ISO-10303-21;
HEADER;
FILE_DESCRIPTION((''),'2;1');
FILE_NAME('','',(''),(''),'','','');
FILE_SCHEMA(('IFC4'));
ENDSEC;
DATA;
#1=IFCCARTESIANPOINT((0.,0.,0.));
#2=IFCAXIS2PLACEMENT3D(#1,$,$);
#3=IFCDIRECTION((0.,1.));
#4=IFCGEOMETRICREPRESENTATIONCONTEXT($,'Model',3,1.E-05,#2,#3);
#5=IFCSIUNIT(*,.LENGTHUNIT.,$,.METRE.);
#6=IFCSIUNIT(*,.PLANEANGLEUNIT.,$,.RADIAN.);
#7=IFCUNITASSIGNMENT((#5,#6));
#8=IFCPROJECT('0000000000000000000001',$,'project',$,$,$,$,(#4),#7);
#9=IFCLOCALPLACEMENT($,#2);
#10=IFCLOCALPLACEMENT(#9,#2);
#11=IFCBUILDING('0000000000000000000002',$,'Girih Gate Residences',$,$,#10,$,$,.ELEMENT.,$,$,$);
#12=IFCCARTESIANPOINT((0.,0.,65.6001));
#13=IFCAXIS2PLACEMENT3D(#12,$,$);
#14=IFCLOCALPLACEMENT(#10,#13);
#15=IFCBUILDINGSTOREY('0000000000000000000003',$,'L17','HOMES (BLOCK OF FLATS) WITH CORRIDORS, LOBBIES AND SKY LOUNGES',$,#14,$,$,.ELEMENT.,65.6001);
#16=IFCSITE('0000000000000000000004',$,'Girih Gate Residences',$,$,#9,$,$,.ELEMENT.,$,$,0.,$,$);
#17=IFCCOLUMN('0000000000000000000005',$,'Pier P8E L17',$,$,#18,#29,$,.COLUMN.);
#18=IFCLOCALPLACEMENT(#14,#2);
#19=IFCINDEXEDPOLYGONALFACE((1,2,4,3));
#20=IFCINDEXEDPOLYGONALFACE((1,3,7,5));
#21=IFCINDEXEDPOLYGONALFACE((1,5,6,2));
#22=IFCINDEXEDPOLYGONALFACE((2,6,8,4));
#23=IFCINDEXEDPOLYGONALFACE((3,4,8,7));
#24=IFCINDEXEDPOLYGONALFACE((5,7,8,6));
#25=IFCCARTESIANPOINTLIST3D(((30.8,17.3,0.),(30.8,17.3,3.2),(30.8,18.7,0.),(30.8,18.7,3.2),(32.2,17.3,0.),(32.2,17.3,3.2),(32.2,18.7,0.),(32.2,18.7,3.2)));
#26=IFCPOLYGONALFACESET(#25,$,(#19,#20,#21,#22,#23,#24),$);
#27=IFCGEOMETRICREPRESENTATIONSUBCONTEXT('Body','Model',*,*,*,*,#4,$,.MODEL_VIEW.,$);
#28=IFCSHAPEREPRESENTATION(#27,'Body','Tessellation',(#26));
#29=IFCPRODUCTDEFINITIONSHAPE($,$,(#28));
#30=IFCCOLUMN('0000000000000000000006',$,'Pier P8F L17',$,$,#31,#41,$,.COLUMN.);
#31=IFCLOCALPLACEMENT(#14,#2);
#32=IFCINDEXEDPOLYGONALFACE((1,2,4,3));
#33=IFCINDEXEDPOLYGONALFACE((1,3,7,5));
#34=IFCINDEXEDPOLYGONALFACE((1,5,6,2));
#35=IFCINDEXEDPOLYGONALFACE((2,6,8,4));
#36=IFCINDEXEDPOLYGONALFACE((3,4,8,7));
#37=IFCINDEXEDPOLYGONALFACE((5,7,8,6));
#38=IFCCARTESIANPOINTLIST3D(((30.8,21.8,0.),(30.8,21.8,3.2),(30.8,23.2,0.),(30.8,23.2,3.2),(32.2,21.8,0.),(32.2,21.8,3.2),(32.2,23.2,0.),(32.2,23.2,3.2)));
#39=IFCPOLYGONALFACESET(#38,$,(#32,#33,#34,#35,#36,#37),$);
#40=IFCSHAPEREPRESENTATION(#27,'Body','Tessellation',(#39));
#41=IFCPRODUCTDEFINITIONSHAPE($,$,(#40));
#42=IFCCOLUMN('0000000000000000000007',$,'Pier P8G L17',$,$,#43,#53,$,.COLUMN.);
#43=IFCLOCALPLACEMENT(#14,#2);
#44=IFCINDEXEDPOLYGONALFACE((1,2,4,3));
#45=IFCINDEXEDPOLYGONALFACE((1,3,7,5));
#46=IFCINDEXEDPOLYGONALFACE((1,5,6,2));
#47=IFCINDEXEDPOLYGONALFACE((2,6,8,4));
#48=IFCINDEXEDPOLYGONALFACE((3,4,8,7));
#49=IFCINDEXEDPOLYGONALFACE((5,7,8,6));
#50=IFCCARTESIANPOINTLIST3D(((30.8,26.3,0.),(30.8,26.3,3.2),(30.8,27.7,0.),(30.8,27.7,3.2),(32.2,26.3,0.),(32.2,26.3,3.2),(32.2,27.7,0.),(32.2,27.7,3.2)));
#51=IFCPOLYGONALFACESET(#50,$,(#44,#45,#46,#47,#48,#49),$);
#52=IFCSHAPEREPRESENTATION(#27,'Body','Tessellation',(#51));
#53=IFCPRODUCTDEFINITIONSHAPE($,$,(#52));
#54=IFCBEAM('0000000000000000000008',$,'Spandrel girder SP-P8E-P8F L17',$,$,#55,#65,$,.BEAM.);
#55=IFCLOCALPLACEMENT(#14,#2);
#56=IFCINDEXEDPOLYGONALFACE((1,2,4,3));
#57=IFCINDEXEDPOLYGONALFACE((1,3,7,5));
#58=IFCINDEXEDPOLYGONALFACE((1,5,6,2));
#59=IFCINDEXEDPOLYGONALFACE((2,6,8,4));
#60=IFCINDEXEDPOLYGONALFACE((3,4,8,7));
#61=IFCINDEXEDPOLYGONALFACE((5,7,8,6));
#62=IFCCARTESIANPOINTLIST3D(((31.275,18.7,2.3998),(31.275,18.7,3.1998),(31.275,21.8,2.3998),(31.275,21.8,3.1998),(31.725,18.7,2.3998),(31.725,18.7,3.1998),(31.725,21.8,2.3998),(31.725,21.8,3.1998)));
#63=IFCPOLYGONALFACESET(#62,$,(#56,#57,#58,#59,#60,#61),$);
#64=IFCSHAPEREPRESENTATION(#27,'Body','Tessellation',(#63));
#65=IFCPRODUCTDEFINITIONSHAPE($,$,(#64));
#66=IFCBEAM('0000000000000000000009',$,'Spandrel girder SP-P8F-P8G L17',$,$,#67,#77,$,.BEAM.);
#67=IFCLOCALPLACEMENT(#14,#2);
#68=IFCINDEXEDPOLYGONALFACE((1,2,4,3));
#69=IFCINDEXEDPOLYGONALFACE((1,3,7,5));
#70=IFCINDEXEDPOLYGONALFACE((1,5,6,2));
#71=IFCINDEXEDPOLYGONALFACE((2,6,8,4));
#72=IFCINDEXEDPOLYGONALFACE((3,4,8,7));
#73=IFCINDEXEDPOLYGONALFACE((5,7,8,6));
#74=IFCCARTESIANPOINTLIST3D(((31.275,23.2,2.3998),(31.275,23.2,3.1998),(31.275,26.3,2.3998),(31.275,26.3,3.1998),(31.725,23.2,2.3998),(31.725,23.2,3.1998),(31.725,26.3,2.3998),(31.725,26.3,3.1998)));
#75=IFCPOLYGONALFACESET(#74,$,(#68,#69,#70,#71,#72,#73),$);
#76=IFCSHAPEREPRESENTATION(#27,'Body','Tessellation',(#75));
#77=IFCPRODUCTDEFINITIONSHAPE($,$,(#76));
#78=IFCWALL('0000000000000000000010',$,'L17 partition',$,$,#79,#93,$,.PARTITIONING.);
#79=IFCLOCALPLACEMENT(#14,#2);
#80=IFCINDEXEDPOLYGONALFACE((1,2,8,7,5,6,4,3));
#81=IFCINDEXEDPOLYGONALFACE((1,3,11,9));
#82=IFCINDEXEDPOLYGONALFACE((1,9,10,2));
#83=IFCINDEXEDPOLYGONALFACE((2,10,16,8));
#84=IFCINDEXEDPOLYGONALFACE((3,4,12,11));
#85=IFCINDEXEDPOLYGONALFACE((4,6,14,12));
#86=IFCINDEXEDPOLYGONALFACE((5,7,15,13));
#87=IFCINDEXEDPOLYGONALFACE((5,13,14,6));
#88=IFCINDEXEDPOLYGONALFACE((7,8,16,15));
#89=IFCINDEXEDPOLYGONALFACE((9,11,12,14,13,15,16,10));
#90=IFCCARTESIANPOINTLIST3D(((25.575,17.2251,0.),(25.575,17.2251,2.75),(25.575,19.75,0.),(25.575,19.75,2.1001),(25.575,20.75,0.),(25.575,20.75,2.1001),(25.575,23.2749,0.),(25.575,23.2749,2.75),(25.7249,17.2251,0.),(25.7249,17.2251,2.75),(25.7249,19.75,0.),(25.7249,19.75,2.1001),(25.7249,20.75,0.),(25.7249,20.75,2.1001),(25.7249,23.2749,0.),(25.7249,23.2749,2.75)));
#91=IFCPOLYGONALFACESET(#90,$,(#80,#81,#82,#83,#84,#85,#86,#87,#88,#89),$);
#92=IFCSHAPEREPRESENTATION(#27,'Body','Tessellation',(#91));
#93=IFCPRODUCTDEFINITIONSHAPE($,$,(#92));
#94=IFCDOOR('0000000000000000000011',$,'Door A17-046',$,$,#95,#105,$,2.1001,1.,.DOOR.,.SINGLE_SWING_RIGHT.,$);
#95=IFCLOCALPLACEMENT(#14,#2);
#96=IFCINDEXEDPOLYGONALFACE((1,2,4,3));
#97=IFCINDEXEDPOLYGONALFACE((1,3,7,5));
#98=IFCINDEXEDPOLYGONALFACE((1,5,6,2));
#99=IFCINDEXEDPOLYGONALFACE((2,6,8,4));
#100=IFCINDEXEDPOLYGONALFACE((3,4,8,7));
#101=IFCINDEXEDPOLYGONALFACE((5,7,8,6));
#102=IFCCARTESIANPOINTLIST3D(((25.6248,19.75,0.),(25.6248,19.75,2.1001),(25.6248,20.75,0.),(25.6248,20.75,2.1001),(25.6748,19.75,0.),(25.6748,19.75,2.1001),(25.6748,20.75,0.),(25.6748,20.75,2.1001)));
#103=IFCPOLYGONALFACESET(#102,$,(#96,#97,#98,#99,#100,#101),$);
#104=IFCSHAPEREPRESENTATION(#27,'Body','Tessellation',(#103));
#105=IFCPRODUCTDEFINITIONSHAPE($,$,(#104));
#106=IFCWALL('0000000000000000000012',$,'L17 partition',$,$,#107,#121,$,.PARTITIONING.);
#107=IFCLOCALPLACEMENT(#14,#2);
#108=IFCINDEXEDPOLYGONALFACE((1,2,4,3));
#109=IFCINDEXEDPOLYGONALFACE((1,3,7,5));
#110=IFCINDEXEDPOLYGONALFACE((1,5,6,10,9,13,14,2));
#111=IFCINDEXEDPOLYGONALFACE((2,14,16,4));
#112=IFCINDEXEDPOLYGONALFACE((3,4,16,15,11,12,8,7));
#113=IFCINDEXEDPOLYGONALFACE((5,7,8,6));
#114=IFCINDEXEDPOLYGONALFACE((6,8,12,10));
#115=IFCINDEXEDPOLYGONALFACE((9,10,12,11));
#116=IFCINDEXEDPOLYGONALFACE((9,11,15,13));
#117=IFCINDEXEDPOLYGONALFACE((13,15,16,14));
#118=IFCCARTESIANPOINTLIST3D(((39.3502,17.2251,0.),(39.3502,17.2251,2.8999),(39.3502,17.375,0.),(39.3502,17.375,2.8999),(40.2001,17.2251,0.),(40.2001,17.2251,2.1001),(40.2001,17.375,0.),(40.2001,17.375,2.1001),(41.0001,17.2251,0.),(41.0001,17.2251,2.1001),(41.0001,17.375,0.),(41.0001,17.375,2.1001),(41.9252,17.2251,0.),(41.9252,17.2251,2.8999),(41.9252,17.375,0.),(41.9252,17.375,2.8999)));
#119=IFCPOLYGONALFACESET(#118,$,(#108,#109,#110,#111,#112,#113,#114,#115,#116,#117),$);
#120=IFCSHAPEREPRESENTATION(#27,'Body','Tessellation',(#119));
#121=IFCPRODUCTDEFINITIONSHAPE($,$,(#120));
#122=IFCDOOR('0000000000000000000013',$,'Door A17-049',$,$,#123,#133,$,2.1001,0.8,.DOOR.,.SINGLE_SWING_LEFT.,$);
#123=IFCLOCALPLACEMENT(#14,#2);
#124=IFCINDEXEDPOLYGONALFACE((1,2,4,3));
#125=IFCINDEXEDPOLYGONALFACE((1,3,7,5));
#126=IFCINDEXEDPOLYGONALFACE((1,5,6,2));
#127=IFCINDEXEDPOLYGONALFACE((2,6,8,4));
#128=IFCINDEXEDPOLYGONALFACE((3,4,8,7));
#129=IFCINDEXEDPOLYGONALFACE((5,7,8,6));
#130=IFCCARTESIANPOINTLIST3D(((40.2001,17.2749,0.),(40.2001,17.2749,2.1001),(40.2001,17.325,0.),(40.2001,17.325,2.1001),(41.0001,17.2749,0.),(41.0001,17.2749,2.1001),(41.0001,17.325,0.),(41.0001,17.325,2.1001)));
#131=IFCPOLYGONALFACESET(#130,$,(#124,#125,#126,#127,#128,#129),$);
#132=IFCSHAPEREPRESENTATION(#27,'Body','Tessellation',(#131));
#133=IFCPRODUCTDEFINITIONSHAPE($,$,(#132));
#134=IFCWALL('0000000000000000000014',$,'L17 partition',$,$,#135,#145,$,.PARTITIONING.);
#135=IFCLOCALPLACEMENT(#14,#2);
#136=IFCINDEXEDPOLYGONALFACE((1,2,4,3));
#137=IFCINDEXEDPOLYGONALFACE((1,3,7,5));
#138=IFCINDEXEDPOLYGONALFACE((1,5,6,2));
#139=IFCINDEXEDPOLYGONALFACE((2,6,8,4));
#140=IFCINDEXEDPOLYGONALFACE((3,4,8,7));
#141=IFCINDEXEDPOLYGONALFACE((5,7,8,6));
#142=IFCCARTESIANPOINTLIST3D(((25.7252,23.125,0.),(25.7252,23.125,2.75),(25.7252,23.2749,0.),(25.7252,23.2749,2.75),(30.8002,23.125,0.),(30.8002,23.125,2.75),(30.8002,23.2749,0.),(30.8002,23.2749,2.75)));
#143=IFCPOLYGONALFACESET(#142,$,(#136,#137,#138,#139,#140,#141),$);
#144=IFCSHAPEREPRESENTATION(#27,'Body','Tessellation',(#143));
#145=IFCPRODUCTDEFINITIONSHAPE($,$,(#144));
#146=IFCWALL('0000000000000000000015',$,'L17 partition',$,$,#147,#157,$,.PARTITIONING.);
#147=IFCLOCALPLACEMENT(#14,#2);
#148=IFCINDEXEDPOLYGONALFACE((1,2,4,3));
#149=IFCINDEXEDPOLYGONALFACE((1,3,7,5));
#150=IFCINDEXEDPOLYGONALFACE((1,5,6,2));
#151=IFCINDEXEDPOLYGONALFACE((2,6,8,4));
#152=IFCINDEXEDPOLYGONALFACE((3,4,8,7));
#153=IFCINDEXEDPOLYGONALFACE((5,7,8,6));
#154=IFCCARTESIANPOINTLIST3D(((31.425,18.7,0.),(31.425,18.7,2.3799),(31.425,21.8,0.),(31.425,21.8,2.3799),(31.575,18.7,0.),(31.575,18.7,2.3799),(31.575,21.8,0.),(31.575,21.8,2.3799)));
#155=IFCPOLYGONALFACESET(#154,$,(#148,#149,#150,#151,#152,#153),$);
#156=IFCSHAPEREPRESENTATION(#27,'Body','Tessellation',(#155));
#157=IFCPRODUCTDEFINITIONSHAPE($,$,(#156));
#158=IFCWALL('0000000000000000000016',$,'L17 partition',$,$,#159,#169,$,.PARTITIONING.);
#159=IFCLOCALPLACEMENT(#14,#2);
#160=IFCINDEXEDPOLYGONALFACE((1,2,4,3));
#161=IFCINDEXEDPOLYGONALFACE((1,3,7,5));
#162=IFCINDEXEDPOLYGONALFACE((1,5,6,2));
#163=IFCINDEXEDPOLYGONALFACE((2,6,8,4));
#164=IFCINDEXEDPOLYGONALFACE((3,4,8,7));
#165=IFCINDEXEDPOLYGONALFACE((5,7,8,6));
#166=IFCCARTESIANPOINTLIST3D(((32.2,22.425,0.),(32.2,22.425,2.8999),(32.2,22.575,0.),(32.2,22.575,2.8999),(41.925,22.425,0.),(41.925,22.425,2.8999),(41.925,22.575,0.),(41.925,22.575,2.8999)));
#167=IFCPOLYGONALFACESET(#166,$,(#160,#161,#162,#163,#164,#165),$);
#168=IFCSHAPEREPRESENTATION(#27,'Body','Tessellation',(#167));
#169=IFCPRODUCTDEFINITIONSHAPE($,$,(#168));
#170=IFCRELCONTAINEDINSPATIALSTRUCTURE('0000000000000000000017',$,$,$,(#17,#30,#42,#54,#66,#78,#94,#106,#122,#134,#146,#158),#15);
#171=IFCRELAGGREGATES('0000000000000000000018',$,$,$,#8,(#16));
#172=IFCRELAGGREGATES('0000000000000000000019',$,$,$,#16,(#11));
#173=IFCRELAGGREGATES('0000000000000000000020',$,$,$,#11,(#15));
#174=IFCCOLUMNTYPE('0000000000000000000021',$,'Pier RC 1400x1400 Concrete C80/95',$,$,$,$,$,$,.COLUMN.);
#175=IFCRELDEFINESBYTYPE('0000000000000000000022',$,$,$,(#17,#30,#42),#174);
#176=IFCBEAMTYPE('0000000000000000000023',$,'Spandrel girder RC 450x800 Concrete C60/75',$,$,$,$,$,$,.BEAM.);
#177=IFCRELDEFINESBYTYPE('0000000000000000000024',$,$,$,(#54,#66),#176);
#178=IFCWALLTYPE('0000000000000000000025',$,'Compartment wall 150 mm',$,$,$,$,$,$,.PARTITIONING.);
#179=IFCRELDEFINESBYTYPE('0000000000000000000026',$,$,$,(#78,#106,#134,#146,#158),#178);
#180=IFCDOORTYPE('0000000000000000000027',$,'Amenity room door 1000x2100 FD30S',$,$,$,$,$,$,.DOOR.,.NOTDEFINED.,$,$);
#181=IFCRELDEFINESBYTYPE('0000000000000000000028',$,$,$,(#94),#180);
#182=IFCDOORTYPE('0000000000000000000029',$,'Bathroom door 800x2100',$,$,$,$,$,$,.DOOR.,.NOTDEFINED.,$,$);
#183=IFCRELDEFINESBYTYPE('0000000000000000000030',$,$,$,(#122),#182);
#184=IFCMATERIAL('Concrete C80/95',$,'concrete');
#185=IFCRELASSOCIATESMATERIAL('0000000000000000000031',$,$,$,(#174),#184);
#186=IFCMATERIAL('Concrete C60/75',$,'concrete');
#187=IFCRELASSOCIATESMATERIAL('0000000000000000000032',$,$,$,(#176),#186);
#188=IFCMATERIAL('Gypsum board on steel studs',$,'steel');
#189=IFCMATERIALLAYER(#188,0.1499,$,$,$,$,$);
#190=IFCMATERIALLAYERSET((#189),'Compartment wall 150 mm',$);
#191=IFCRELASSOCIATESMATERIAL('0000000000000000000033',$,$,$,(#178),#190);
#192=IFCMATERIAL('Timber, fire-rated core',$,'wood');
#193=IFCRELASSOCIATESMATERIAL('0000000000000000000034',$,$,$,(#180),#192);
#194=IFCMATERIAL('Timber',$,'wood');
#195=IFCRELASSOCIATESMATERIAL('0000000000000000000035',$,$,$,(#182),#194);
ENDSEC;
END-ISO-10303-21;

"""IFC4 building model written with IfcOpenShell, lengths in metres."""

from ifc_helpers import new_model, si_unit, direction, frame, frame_2d, origin, origin_2d, place, context, subcontext, project, spatial, rectangle, extrude, material, layer, layer_set, material_profile, profile_set, type_object, element, fill, save


model = new_model("IFC4")

# Units and contexts
model_context = context("Model", 3, precision=1e-05, world=origin(), true_north=direction((0.0, 1.0)))
body_context = subcontext(model_context, "Body", "Model", "MODEL_VIEW")
ifc_project = project(units=[si_unit("LENGTHUNIT", "METRE"), si_unit("PLANEANGLEUNIT", "RADIAN")], contexts=[model_context])

# Site, building, storey
site_placement = place(None, origin())
site = spatial("IfcSite", under=ifc_project, at=site_placement, Name="Girih Gate Residences", CompositionType="ELEMENT", RefElevation=0.0)
building_placement = place(site_placement, origin())
building = spatial("IfcBuilding", under=site, at=building_placement, Name="Girih Gate Residences", CompositionType="ELEMENT")
storey_placement = place(building_placement, frame((0.0, 0.0, 65.6001)))
storey = spatial("IfcBuildingStorey", under=building, at=storey_placement, Name="L17", Description="HOMES (BLOCK OF FLATS) WITH CORRIDORS, LOBBIES AND SKY LOUNGES", CompositionType="ELEMENT", Elevation=65.6001)

# Columns
ifc_material_1 = material(Name="Concrete C80/95", Category="concrete")
ifc_material_profile_1 = material_profile(ifc_material_1, rectangle(XDim=1.3999, YDim=1.3999, at=origin_2d()))
ifc_profile_set_1 = profile_set([ifc_material_profile_1], Name="Concrete C80/95")
column_type = type_object("IfcColumnType", Name="Pier RC 1400x1400 Concrete C80/95", PredefinedType="COLUMN", material=ifc_profile_set_1)
for number, where, z_axis, x_axis, name in (
    (1, (31.5, 18.0, 0.0), (0.0, 0.0, 1.0), (1.0, 0.0, 0.0), "Pier P8E L17"),
    (2, (31.5, 22.5, 0.0), (0.0, 0.0, 1.0), (1.0, 0.0, 0.0), "Pier P8F L17"),
    (3, (31.5, 27.0, 0.0), (0.0, 0.0, 1.0), (1.0, 0.0, 0.0), "Pier P8G L17"),
):
    element("IfcColumn", number, at=place(storey_placement, frame(where, z_axis=z_axis, x_axis=x_axis)), inside=storey, type_object=column_type, Name=name, PredefinedType="COLUMN", context=body_context, shape_type="SweptSolid", body=[
        extrude(rectangle(XDim=1.3999, YDim=1.3999, at=origin_2d()), origin(), (0.0, 0.0, 1.0), 3.2),
    ])

# Beams
ifc_material_2 = material(Name="Concrete C60/75", Category="concrete")
ifc_material_profile_2 = material_profile(ifc_material_2, rectangle(XDim=0.45, YDim=0.8, at=origin_2d()))
ifc_profile_set_2 = profile_set([ifc_material_profile_2], Name="Concrete C60/75")
beam_type = type_object("IfcBeamType", Name="Spandrel girder RC 450x800 Concrete C60/75", PredefinedType="BEAM", material=ifc_profile_set_2)
for number, where, z_axis, x_axis, name in (
    (4, (31.5, 18.7, 2.7998), (0.0, 1.0, 0.0), (-1.0, 0.0, 0.0), "Spandrel girder SP-P8E-P8F L17"),
    (5, (31.5, 23.2, 2.7998), (0.0, 1.0, 0.0), (-1.0, 0.0, 0.0), "Spandrel girder SP-P8F-P8G L17"),
):
    element("IfcBeam", number, at=place(storey_placement, frame(where, z_axis=z_axis, x_axis=x_axis)), inside=storey, type_object=beam_type, Name=name, PredefinedType="BEAM", context=body_context, shape_type="SweptSolid", body=[
        extrude(rectangle(XDim=0.45, YDim=0.8, at=origin_2d()), origin(), (0.0, 0.0, 1.0), 3.1001),
    ])

# Walls, openings, doors
ifc_material_3 = material(Name="Gypsum board on steel studs", Category="steel")
ifc_layer_1 = layer(ifc_material_3, 0.1499)
ifc_layer_set_1 = layer_set([ifc_layer_1], Name="Compartment wall 150 mm")
wall_type_1 = type_object("IfcWallType", Name="Compartment wall 150 mm", PredefinedType="PARTITIONING", material=ifc_layer_set_1)
wall_1_placement = place(storey_placement, frame((25.6499, 23.2749, 0.0), z_axis=(0.0, 0.0, 1.0), x_axis=(0.0, -1.0, 0.0)))
wall_1 = element("IfcWall", 6, at=wall_1_placement, inside=storey, type_object=wall_type_1, Name="L17 partition", PredefinedType="PARTITIONING", context=body_context, shape_type="SweptSolid", body=[
    extrude(rectangle(XDim=6.0498, YDim=0.1499, at=frame_2d((3.0249, 0.0))), origin(), (0.0, 0.0, 1.0), 2.75),
])
opening_1_placement = place(wall_1_placement, frame((2.5249, 0.0, 0.0)))
opening_1 = element("IfcOpeningElement", 7, at=opening_1_placement, cuts=wall_1, PredefinedType="OPENING", context=body_context, shape_type="SweptSolid", body=[
    extrude(rectangle(XDim=1.0, YDim=2.1001, at=frame_2d((0.5, 1.05))), frame((0.0, 0.085, 0.0), z_axis=(0.0, -1.0, 0.0), x_axis=(1.0, 0.0, 0.0)), (0.0, 0.0, 1.0), 0.1699),
])
ifc_material_4 = material(Name="Timber, fire-rated core", Category="wood")
door_type_1 = type_object("IfcDoorType", Name="Amenity room door 1000x2100 FD30S", OperationType="NOTDEFINED", PredefinedType="DOOR", material=ifc_material_4)
door_1_placement = place(opening_1_placement, origin())
door_1 = element("IfcDoor", 8, at=door_1_placement, inside=storey, type_object=door_type_1, Name="Door A17-046", OperationType="SINGLE_SWING_RIGHT", OverallHeight=2.1001, OverallWidth=1.0, PredefinedType="DOOR", context=body_context, shape_type="SweptSolid", body=[
    extrude(rectangle(XDim=1.0, YDim=2.1001, at=frame_2d((0.5, 1.05))), frame((0.0, 0.0249, 0.0), z_axis=(0.0, -1.0, 0.0), x_axis=(1.0, 0.0, 0.0)), (0.0, 0.0, 1.0), 0.05),
])
fill(opening_1, door_1)
wall_2_placement = place(storey_placement, frame((39.3501, 17.3, 0.0), z_axis=(0.0, 0.0, 1.0), x_axis=(1.0, 0.0, 0.0)))
wall_2 = element("IfcWall", 9, at=wall_2_placement, inside=storey, type_object=wall_type_1, Name="L17 partition", PredefinedType="PARTITIONING", context=body_context, shape_type="SweptSolid", body=[
    extrude(rectangle(XDim=2.575, YDim=0.1499, at=frame_2d((1.2876, 0.0))), origin(), (0.0, 0.0, 1.0), 2.8999),
])
opening_2_placement = place(wall_2_placement, frame((0.8501, 0.0, 0.0)))
opening_2 = element("IfcOpeningElement", 10, at=opening_2_placement, cuts=wall_2, PredefinedType="OPENING", context=body_context, shape_type="SweptSolid", body=[
    extrude(rectangle(XDim=0.8, YDim=2.1001, at=frame_2d((0.3999, 1.05))), frame((0.0, 0.085, 0.0), z_axis=(0.0, -1.0, 0.0), x_axis=(1.0, 0.0, 0.0)), (0.0, 0.0, 1.0), 0.1699),
])
ifc_material_5 = material(Name="Timber", Category="wood")
door_type_2 = type_object("IfcDoorType", Name="Bathroom door 800x2100", OperationType="NOTDEFINED", PredefinedType="DOOR", material=ifc_material_5)
door_2_placement = place(opening_2_placement, origin())
door_2 = element("IfcDoor", 11, at=door_2_placement, inside=storey, type_object=door_type_2, Name="Door A17-049", OperationType="SINGLE_SWING_LEFT", OverallHeight=2.1001, OverallWidth=0.8, PredefinedType="DOOR", context=body_context, shape_type="SweptSolid", body=[
    extrude(rectangle(XDim=0.8, YDim=2.1001, at=frame_2d((0.3999, 1.05))), frame((0.0, 0.0249, 0.0), z_axis=(0.0, -1.0, 0.0), x_axis=(1.0, 0.0, 0.0)), (0.0, 0.0, 1.0), 0.05),
])
fill(opening_2, door_2)

# Walls
wall_3_placement = place(storey_placement, frame((25.7251, 23.2, 0.0), z_axis=(0.0, 0.0, 1.0), x_axis=(1.0, 0.0, 0.0)))
element("IfcWall", 12, at=wall_3_placement, inside=storey, type_object=wall_type_1, Name="L17 partition", PredefinedType="PARTITIONING", context=body_context, shape_type="SweptSolid", body=[
    extrude(rectangle(XDim=5.075, YDim=0.1499, at=frame_2d((2.5376, 0.0))), origin(), (0.0, 0.0, 1.0), 2.75),
])
wall_4_placement = place(storey_placement, frame((31.5, 18.7, 0.0), z_axis=(0.0, 0.0, 1.0), x_axis=(0.0, 1.0, 0.0)))
element("IfcWall", 13, at=wall_4_placement, inside=storey, type_object=wall_type_1, Name="L17 partition", PredefinedType="PARTITIONING", context=body_context, shape_type="SweptSolid", body=[
    extrude(rectangle(XDim=3.1001, YDim=0.1499, at=frame_2d((1.55, 0.0))), origin(), (0.0, 0.0, 1.0), 2.3799),
])
wall_5_placement = place(storey_placement, frame((32.2, 22.5, 0.0), z_axis=(0.0, 0.0, 1.0), x_axis=(1.0, 0.0, 0.0)))
element("IfcWall", 14, at=wall_5_placement, inside=storey, type_object=wall_type_1, Name="L17 partition", PredefinedType="PARTITIONING", context=body_context, shape_type="SweptSolid", body=[
    extrude(rectangle(XDim=9.7251, YDim=0.1499, at=frame_2d((4.8625, 0.0))), origin(), (0.0, 0.0, 1.0), 2.8999),
])

save(model, "model.ifc")
